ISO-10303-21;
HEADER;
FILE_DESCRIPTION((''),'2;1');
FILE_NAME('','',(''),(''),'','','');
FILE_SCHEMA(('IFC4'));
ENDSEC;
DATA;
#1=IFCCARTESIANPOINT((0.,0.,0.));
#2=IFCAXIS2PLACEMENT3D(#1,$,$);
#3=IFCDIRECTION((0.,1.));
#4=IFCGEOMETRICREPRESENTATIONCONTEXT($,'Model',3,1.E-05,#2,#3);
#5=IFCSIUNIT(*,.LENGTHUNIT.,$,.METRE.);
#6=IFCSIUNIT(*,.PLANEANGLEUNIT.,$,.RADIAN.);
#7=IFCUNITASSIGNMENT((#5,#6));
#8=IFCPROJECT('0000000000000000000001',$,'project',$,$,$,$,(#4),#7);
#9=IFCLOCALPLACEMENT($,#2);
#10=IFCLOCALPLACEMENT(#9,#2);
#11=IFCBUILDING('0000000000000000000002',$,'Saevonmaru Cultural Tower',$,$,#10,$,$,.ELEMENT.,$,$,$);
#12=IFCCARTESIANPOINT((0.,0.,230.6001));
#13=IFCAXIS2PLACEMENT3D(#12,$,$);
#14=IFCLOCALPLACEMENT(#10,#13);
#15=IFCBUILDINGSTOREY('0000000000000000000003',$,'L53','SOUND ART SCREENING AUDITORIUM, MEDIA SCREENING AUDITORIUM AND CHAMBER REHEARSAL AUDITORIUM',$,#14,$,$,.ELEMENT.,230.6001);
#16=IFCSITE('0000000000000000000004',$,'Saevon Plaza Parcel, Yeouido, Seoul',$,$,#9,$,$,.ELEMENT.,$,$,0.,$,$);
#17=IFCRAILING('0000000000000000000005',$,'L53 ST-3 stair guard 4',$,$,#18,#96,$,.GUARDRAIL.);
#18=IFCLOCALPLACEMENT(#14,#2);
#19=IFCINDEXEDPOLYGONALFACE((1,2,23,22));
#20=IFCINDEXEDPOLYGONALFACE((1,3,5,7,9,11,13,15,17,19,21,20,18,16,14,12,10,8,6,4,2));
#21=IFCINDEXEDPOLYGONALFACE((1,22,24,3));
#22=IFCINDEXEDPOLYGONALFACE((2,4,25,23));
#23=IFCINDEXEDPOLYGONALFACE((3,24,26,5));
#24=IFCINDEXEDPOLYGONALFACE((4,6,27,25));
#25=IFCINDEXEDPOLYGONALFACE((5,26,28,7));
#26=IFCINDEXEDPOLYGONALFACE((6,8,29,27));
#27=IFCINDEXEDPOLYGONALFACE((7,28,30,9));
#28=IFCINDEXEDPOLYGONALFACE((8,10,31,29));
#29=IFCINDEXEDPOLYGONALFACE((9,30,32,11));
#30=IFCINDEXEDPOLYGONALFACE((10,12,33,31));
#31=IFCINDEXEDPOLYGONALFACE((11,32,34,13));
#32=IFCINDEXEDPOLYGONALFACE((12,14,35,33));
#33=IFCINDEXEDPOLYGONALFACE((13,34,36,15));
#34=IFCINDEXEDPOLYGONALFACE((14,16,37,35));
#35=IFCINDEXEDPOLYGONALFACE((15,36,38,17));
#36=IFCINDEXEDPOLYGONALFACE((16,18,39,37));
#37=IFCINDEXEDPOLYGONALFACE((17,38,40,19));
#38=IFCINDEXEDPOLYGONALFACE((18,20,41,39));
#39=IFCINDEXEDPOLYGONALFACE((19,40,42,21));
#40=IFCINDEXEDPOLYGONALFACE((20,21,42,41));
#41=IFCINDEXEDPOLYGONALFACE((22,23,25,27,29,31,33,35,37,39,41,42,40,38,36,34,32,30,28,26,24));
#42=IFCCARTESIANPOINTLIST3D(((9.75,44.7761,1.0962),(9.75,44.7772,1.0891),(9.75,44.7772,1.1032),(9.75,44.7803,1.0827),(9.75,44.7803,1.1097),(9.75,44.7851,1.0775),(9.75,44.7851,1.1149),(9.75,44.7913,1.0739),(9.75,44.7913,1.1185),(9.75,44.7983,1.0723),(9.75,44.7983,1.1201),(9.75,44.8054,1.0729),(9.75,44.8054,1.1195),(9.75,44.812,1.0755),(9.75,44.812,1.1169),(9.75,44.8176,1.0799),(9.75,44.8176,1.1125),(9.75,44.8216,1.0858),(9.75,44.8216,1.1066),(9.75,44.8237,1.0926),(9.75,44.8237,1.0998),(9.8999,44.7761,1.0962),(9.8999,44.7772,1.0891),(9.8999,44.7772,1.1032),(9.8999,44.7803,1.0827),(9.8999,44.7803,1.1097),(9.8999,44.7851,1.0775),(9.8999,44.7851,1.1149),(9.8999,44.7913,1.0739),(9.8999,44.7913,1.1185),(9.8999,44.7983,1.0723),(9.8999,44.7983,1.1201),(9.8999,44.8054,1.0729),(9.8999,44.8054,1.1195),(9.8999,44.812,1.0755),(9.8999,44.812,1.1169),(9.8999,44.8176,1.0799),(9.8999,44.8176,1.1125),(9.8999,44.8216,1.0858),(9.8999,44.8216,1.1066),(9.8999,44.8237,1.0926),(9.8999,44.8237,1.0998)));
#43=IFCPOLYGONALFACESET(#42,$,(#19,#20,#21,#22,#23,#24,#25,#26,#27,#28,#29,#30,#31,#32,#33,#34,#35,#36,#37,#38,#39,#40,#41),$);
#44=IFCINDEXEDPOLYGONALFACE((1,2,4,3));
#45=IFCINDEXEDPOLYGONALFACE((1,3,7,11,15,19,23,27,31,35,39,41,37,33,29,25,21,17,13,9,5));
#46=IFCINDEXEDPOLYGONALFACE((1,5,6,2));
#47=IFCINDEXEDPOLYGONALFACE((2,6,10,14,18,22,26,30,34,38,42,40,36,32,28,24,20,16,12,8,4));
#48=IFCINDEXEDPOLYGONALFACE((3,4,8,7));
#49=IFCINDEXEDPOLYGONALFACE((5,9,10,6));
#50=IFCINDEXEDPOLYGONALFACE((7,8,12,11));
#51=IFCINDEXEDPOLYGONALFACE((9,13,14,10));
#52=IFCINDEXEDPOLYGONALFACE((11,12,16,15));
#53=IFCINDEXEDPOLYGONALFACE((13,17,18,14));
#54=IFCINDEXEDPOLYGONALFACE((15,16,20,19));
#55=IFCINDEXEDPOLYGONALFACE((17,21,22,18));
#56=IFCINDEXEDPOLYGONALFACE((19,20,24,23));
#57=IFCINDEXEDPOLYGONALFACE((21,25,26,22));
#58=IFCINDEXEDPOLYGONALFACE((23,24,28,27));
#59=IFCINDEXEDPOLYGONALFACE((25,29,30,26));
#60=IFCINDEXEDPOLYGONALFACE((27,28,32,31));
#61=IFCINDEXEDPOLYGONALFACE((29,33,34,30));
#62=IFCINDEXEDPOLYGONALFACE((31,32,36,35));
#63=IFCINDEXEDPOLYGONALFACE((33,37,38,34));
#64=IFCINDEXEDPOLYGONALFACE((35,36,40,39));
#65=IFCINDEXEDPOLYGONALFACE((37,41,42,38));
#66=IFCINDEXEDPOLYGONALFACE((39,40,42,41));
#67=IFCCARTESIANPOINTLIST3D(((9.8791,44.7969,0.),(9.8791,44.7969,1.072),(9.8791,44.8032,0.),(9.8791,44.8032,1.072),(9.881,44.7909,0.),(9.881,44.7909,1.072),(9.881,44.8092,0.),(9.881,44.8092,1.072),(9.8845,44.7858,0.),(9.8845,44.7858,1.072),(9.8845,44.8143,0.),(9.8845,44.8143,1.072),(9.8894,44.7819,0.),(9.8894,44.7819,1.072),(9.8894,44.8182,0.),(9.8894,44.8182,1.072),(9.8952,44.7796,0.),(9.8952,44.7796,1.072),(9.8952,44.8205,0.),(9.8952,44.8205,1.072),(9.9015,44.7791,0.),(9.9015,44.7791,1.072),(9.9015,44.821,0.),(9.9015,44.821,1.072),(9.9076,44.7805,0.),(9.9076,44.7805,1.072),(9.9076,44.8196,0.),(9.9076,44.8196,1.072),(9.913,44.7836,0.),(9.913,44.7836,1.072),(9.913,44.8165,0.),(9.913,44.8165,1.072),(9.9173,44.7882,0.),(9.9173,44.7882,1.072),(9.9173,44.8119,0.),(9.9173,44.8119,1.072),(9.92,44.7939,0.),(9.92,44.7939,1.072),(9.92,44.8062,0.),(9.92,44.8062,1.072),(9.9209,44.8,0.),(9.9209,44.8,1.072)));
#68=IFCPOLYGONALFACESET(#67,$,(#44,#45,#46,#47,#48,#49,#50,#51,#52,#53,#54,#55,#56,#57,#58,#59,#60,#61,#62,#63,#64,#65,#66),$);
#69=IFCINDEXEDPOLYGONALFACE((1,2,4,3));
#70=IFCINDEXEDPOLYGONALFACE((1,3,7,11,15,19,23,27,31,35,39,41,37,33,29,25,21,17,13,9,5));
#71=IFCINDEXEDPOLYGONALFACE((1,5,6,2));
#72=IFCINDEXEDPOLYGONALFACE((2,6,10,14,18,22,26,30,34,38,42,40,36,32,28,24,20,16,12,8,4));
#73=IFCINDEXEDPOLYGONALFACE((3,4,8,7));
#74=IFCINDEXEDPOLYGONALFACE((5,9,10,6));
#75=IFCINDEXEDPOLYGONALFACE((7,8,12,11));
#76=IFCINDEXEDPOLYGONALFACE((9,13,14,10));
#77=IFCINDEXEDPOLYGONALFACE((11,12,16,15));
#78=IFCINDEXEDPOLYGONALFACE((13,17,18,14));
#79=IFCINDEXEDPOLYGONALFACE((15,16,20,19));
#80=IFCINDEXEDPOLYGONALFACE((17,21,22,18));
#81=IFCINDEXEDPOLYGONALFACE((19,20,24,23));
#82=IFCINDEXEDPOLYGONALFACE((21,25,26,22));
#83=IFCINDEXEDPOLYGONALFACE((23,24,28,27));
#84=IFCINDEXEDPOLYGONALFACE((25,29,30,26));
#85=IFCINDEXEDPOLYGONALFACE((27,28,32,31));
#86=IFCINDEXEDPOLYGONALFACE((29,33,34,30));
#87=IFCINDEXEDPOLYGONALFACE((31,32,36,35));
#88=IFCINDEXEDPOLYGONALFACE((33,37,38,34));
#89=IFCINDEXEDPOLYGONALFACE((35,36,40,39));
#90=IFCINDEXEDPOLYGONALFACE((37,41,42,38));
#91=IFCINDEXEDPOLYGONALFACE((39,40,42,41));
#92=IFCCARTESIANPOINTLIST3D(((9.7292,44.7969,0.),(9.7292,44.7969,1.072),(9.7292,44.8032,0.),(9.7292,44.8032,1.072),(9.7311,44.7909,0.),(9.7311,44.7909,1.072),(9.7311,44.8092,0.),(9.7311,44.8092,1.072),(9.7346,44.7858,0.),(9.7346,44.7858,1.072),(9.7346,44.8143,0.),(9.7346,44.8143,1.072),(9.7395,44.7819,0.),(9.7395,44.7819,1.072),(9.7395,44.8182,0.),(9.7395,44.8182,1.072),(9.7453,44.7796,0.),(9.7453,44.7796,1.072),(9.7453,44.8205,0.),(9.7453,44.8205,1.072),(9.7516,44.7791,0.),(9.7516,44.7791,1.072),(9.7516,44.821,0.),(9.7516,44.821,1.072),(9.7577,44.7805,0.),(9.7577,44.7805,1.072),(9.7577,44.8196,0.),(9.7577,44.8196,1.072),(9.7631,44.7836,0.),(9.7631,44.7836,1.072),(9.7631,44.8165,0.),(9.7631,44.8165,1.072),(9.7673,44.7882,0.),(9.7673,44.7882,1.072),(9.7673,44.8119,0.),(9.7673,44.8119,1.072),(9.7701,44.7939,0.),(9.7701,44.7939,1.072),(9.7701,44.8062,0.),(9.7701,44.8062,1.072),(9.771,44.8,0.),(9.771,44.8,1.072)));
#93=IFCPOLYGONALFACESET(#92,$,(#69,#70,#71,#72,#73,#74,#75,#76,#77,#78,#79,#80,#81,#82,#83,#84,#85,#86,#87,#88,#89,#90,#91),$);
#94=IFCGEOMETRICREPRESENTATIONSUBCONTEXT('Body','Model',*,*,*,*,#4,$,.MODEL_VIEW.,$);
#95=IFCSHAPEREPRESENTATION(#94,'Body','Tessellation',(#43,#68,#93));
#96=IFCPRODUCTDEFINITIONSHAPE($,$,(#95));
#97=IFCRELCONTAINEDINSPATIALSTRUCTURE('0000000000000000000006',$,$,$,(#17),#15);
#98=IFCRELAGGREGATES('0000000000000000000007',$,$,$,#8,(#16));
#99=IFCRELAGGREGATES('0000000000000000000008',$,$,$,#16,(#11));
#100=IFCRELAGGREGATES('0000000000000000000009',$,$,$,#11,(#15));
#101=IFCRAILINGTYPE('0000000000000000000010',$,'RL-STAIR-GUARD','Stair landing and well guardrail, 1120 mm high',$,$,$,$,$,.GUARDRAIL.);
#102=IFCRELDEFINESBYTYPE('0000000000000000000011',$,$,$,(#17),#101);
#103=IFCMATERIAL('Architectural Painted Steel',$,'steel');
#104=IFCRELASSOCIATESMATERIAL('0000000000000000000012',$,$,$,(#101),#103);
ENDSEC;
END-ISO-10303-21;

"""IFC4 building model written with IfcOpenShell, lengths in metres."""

from ifc_helpers import new_model, si_unit, direction, frame, origin, origin_2d, place, context, subcontext, project, spatial, circle, extrude, material, type_object, element, save


model = new_model("IFC4")

# Units and contexts
model_context = context("Model", 3, precision=1e-05, world=origin(), true_north=direction((0.0, 1.0)))
body_context = subcontext(model_context, "Body", "Model", "MODEL_VIEW")
ifc_project = project(units=[si_unit("LENGTHUNIT", "METRE"), si_unit("PLANEANGLEUNIT", "RADIAN")], contexts=[model_context])

# Site, building, storey
site_placement = place(None, origin())
site = spatial("IfcSite", under=ifc_project, at=site_placement, Name="Saevon Plaza Parcel, Yeouido, Seoul", CompositionType="ELEMENT", RefElevation=0.0)
building_placement = place(site_placement, origin())
building = spatial("IfcBuilding", under=site, at=building_placement, Name="Saevonmaru Cultural Tower", CompositionType="ELEMENT")
storey_placement = place(building_placement, frame((0.0, 0.0, 230.6001)))
storey = spatial("IfcBuildingStorey", under=building, at=storey_placement, Name="L53", Description="SOUND ART SCREENING AUDITORIUM, MEDIA SCREENING AUDITORIUM AND CHAMBER REHEARSAL AUDITORIUM", CompositionType="ELEMENT", Elevation=230.6001)

# Railing
ifc_material_1 = material(Name="Architectural Painted Steel", Category="steel")
railing_type_1 = type_object("IfcRailingType", Name="RL-STAIR-GUARD", Description="Stair landing and well guardrail, 1120 mm high", PredefinedType="GUARDRAIL", material=ifc_material_1)
railing_1_placement = place(storey_placement, frame((9.8999, 44.8, 0.0)))
element("IfcRailing", 1, at=railing_1_placement, inside=storey, type_object=railing_type_1, Name="L53 ST-3 stair guard 4", PredefinedType="GUARDRAIL", context=body_context, shape_type="SweptSolid", body=[
    extrude(circle(Radius=0.0239, at=origin_2d()), frame((0.0, 0.0, 1.0962), z_axis=(-1.0, 0.0, 0.0), x_axis=(0.0, -1.0, 0.0)), (0.0, 0.0, 1.0), 0.1499),
    extrude(circle(Radius=0.021, at=origin_2d()), origin(), (0.0, 0.0, 1.0), 1.072),
    extrude(circle(Radius=0.021, at=origin_2d()), frame((-0.1499, 0.0, 0.0)), (0.0, 0.0, 1.0), 1.072),
])

save(model, "model.ifc")
